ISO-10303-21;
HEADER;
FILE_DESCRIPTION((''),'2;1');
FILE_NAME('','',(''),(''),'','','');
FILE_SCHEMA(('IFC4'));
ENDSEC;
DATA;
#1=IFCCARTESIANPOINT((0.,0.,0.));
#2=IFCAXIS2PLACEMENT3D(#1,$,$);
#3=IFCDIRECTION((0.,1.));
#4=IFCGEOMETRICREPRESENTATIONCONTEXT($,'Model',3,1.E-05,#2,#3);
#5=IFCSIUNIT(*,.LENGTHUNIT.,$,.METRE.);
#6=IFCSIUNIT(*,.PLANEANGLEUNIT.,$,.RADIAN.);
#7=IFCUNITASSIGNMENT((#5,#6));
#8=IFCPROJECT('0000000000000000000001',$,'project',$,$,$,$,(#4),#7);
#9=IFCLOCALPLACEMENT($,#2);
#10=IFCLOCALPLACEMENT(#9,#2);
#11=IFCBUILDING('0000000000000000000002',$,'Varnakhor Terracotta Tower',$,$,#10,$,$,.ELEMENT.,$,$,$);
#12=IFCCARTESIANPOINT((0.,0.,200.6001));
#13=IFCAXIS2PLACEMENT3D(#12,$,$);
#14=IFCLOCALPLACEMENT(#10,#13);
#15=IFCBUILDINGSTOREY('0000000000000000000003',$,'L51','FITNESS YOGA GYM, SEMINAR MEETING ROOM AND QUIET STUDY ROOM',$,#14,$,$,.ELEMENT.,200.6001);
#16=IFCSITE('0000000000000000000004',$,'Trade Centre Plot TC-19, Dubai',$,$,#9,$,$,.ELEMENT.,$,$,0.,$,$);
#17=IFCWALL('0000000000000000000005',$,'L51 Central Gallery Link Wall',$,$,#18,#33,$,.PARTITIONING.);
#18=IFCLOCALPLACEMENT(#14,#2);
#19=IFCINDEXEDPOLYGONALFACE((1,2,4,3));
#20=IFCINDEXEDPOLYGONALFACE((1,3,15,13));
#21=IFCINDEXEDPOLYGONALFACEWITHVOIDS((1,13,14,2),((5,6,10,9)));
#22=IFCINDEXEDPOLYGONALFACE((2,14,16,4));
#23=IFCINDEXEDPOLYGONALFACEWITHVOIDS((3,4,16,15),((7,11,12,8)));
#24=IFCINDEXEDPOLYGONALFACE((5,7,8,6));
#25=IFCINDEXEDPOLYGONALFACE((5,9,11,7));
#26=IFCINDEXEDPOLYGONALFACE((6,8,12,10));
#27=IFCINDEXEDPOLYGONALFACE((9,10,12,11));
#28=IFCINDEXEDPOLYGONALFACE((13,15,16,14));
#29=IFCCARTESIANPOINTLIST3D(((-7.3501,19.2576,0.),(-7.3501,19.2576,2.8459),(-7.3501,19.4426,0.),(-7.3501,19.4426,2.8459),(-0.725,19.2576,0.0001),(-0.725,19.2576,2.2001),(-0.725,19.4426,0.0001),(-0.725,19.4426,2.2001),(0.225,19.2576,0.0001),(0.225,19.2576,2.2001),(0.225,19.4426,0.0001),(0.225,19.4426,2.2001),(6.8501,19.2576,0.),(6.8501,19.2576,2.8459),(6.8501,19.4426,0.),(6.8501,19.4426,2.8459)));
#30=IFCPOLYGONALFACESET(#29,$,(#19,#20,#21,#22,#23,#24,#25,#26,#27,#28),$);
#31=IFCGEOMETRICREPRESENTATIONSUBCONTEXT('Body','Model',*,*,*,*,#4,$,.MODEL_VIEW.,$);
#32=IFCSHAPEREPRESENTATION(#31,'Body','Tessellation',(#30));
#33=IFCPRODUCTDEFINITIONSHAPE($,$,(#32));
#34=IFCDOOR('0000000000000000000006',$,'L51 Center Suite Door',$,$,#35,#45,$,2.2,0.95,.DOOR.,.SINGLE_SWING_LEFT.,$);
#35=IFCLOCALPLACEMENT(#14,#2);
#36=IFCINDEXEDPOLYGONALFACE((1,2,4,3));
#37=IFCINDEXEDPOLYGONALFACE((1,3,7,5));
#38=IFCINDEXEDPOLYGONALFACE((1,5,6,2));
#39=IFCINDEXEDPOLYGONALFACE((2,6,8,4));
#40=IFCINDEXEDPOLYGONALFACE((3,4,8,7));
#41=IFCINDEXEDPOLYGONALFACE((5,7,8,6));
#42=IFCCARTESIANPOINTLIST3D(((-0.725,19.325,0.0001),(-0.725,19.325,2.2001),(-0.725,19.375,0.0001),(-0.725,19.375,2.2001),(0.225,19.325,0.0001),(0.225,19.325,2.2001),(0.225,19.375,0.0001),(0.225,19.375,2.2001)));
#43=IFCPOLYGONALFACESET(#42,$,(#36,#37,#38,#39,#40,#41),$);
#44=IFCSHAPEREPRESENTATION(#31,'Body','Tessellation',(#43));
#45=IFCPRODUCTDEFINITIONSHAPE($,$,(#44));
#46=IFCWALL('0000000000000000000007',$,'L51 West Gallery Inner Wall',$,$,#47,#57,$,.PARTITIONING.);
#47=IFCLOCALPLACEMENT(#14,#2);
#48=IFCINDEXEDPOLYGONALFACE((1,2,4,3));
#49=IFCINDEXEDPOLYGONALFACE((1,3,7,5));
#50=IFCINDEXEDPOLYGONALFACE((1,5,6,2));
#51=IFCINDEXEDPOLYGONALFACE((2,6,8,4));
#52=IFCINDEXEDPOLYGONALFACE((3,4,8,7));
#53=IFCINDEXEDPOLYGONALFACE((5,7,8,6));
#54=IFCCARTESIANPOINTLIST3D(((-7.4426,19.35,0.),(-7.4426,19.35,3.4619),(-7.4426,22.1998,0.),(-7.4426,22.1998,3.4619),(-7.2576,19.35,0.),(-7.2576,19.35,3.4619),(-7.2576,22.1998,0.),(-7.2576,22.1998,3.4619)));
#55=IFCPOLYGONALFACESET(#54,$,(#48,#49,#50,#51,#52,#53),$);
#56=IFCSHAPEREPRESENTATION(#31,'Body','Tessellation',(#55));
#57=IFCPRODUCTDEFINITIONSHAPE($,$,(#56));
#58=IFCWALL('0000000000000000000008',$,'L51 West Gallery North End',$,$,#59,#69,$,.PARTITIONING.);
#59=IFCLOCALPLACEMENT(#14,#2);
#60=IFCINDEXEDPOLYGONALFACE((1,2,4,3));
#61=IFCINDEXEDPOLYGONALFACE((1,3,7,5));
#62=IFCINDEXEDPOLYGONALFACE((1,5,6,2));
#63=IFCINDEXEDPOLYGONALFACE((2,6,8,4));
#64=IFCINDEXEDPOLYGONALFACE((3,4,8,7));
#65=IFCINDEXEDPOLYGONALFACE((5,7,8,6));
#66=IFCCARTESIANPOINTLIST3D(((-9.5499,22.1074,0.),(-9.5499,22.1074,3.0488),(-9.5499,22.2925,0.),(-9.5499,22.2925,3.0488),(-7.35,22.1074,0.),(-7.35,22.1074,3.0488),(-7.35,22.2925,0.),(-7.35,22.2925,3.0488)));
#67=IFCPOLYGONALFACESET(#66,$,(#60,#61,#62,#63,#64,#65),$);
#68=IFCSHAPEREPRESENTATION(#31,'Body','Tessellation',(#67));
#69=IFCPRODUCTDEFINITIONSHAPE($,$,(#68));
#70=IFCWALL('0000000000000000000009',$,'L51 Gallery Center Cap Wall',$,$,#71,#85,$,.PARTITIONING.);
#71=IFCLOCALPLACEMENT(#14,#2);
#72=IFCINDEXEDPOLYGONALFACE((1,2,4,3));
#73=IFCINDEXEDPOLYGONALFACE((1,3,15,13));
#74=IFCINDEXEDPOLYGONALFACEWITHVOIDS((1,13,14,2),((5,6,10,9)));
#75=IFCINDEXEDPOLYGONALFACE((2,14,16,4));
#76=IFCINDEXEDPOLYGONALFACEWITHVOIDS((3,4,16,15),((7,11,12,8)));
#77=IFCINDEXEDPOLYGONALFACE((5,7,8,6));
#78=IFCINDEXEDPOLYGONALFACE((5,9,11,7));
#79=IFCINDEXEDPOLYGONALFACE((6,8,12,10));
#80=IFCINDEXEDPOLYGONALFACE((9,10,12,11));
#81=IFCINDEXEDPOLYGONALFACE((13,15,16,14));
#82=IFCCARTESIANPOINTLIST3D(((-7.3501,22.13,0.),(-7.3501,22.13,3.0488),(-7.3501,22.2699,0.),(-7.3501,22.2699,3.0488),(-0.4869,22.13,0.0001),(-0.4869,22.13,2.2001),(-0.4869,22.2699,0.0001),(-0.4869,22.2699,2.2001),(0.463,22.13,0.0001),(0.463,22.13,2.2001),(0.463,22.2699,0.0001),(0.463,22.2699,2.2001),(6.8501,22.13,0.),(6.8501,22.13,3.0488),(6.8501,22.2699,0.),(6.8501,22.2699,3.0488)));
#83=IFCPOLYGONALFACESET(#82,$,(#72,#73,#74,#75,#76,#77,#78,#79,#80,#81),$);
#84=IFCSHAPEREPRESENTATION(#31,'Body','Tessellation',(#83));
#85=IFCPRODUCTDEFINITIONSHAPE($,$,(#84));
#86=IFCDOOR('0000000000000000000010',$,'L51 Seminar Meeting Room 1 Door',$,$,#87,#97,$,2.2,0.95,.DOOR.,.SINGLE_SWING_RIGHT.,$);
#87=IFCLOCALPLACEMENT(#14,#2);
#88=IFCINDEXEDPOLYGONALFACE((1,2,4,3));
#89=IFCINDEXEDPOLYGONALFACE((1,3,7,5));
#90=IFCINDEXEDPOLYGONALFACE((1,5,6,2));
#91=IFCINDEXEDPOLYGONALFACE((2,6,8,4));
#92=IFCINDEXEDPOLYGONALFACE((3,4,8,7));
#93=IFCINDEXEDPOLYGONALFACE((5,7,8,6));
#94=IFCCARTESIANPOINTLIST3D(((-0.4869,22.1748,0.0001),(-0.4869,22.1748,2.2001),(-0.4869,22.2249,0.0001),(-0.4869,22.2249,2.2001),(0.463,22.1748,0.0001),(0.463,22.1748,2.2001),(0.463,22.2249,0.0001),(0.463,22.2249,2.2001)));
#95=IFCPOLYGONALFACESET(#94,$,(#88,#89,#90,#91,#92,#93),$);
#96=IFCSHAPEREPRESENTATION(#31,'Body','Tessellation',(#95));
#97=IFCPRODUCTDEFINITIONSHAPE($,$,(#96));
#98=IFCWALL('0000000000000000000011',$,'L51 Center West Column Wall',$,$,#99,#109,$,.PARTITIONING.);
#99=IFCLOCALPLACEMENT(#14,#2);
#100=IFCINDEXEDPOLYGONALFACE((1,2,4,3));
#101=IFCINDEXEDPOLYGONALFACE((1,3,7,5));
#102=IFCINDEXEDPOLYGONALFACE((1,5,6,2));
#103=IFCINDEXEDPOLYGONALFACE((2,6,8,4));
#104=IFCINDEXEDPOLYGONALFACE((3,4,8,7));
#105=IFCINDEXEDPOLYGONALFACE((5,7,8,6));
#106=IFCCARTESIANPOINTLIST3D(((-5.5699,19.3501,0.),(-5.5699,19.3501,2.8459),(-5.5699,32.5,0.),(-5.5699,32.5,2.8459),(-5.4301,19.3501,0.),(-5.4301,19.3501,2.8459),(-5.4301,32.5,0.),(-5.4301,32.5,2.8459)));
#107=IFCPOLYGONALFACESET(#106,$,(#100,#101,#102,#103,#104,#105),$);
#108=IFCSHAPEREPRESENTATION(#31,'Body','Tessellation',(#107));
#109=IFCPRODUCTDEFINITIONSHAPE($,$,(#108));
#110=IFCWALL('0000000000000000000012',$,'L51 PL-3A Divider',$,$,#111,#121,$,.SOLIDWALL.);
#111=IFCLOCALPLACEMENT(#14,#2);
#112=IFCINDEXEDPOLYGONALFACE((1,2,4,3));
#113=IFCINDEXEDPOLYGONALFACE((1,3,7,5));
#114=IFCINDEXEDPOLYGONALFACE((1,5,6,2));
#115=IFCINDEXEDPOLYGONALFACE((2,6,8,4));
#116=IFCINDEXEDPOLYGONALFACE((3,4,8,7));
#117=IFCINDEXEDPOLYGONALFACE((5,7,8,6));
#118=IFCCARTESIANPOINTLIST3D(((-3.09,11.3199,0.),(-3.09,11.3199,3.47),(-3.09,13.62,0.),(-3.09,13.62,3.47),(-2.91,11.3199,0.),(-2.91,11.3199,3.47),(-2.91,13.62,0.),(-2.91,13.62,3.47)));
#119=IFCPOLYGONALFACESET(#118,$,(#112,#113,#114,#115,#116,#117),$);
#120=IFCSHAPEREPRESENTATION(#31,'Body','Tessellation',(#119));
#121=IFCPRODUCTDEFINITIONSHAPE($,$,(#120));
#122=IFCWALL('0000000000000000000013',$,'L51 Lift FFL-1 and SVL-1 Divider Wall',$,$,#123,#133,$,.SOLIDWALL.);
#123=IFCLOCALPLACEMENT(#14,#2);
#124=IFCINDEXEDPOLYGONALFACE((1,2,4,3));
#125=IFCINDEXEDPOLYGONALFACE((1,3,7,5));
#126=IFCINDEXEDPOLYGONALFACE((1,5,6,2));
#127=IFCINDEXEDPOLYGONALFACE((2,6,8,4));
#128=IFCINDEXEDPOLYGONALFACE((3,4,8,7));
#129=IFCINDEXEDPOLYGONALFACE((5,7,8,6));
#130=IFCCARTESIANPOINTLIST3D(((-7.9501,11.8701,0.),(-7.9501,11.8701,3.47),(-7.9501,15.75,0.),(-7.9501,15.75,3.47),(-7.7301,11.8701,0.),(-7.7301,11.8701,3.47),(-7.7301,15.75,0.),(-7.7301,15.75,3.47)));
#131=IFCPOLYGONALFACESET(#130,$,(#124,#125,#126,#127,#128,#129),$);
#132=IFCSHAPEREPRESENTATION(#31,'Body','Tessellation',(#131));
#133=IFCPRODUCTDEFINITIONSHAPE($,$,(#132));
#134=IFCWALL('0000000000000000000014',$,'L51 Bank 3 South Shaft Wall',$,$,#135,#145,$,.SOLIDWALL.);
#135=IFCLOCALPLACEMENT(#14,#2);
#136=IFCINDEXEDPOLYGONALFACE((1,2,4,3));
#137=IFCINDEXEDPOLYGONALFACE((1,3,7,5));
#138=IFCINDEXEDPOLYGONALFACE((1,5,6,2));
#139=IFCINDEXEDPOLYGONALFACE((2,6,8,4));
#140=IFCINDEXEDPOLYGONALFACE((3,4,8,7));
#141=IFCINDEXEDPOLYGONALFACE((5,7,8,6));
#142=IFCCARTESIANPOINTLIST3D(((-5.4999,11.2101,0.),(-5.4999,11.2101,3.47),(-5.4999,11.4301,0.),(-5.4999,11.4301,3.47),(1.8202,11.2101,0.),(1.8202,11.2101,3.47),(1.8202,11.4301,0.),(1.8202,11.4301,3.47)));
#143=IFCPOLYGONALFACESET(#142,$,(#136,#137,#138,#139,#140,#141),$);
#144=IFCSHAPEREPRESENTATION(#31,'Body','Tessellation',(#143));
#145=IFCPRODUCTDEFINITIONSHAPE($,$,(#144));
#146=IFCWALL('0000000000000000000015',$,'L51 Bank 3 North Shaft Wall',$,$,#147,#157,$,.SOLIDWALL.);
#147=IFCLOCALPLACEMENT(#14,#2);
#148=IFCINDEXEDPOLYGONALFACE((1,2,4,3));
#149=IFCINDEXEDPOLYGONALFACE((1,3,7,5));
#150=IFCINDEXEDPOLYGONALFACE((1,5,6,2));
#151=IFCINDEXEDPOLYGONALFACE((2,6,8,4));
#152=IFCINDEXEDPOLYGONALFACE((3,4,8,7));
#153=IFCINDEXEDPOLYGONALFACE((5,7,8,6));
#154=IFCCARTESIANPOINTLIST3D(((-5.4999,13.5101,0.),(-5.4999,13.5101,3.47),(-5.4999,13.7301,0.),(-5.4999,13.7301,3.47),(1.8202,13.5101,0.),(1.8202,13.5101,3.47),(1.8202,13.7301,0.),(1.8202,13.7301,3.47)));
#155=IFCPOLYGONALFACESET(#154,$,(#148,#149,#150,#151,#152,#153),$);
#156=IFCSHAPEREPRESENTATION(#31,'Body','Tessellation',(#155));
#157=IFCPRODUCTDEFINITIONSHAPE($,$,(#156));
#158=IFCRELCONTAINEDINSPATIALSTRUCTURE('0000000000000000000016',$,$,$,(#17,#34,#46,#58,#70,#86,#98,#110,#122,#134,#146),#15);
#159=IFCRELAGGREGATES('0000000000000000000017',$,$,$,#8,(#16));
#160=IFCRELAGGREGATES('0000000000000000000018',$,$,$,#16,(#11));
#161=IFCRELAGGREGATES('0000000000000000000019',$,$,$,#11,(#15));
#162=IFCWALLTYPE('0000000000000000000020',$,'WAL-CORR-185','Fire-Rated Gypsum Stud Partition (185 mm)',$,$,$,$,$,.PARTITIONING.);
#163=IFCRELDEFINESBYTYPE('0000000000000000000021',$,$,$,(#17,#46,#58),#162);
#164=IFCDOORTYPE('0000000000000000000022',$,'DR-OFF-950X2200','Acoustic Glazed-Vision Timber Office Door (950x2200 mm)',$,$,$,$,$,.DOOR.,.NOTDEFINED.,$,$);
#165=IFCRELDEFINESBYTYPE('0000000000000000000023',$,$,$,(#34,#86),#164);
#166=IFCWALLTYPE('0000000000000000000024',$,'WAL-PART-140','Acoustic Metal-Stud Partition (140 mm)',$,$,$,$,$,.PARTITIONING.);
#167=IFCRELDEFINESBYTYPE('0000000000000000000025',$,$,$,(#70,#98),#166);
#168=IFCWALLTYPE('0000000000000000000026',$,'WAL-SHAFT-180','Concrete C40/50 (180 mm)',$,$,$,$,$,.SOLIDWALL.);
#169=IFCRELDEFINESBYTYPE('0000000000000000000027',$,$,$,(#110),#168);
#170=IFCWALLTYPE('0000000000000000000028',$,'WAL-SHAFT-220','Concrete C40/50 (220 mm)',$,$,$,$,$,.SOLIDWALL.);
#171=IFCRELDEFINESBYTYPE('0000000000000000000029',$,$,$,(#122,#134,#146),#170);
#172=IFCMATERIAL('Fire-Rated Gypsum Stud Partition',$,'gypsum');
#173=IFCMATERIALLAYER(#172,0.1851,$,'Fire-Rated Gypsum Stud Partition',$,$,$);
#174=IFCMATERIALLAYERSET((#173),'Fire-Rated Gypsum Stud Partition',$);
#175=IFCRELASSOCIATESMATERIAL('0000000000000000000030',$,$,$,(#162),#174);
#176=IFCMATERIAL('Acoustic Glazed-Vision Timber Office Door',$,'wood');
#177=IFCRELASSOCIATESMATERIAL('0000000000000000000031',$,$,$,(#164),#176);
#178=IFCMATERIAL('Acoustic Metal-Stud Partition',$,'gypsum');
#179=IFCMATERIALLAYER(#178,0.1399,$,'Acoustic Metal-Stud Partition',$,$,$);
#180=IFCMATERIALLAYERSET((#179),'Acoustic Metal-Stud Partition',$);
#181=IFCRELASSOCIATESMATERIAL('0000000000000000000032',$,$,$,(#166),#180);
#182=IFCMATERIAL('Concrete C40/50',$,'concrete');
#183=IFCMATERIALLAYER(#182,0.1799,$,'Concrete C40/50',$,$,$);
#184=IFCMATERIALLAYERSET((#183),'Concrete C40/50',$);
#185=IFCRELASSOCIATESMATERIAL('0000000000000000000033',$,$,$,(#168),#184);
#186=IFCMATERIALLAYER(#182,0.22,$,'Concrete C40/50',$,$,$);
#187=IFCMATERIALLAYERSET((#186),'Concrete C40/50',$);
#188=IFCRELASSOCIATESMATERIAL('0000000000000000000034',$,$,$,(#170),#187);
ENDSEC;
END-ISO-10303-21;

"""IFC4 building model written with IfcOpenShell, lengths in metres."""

from ifc_helpers import new_model, si_unit, direction, frame, frame_2d, origin, place, context, subcontext, project, spatial, rectangle, extrude, source, transform, mapped, material, layer, layer_set, type_object, type_shapes, element, fill, save


model = new_model("IFC4")

# Units and contexts
model_context = context("Model", 3, precision=1e-05, world=origin(), true_north=direction((0.0, 1.0)))
body_context = subcontext(model_context, "Body", "Model", "MODEL_VIEW")
ifc_project = project(units=[si_unit("LENGTHUNIT", "METRE"), si_unit("PLANEANGLEUNIT", "RADIAN")], contexts=[model_context])

# Site, building, storey
site_placement = place(None, origin())
site = spatial("IfcSite", under=ifc_project, at=site_placement, Name="Trade Centre Plot TC-19, Dubai", CompositionType="ELEMENT", RefElevation=0.0)
building_placement = place(site_placement, origin())
building = spatial("IfcBuilding", under=site, at=building_placement, Name="Varnakhor Terracotta Tower", CompositionType="ELEMENT")
storey_placement = place(building_placement, frame((0.0, 0.0, 200.6001)))
storey = spatial("IfcBuildingStorey", under=building, at=storey_placement, Name="L51", Description="FITNESS YOGA GYM, SEMINAR MEETING ROOM AND QUIET STUDY ROOM", CompositionType="ELEMENT", Elevation=200.6001)

# Wall, opening, door
ifc_material_1 = material(Name="Fire-Rated Gypsum Stud Partition", Category="gypsum")
ifc_layer_1 = layer(ifc_material_1, 0.1851, Name="Fire-Rated Gypsum Stud Partition")
ifc_layer_set_1 = layer_set([ifc_layer_1], Name="Fire-Rated Gypsum Stud Partition")
wall_type_1 = type_object("IfcWallType", Name="WAL-CORR-185", Description="Fire-Rated Gypsum Stud Partition (185 mm)", PredefinedType="PARTITIONING", material=ifc_layer_set_1)
wall_1_placement = place(storey_placement, frame((-7.3501, 19.3501, 0.0), z_axis=(0.0, 0.0, 1.0), x_axis=(1.0, 0.0, 0.0)))
wall_1 = element("IfcWall", 1, at=wall_1_placement, inside=storey, type_object=wall_type_1, Name="L51 Central Gallery Link Wall", PredefinedType="PARTITIONING", context=body_context, shape_type="SweptSolid", body=[
    extrude(rectangle(XDim=14.2002, YDim=0.1851, at=frame_2d((7.1001, 0.0))), origin(), (0.0, 0.0, 1.0), 2.8459),
])
opening_1_placement = place(wall_1_placement, frame((6.625, 0.0, 0.0)))
opening_1 = element("IfcOpeningElement", 2, at=opening_1_placement, cuts=wall_1, PredefinedType="OPENING", context=body_context, shape_type="SweptSolid", body=[
    extrude(rectangle(XDim=0.95, YDim=2.2, at=frame_2d((0.4751, 1.1001))), frame((0.0, 0.1025, 0.0), z_axis=(0.0, -1.0, 0.0), x_axis=(1.0, 0.0, 0.0)), (0.0, 0.0, 1.0), 0.2051),
])
ifc_material_2 = material(Name="Acoustic Glazed-Vision Timber Office Door", Category="wood")
door_type_1 = type_object("IfcDoorType", Name="DR-OFF-950X2200", Description="Acoustic Glazed-Vision Timber Office Door (950x2200 mm)", OperationType="NOTDEFINED", PredefinedType="DOOR", material=ifc_material_2)
shared_shape_1 = source(origin(), body_context, "Body", "SweptSolid", [
    extrude(rectangle(XDim=0.95, YDim=2.2, at=frame_2d((0.4751, 1.1001))), frame((0.0, 0.0249, 0.0), z_axis=(0.0, -1.0, 0.0), x_axis=(1.0, 0.0, 0.0)), (0.0, 0.0, 1.0), 0.05),
])
type_shapes(door_type_1, [shared_shape_1])
door_1_placement = place(opening_1_placement, origin())
door_1 = element("IfcDoor", 3, at=door_1_placement, inside=storey, type_object=door_type_1, Name="L51 Center Suite Door", OperationType="SINGLE_SWING_LEFT", OverallHeight=2.2, OverallWidth=0.95, PredefinedType="DOOR", context=body_context, shape_type="MappedRepresentation", body=[
    mapped(shared_shape_1, transform((0.0, 0.0, 0.0), scale=1.0)),
])
fill(opening_1, door_1)

# Walls
wall_2_placement = place(storey_placement, frame((-7.3501, 19.3501, 0.0), z_axis=(0.0, 0.0, 1.0), x_axis=(0.0, 1.0, 0.0)))
element("IfcWall", 4, at=wall_2_placement, inside=storey, type_object=wall_type_1, Name="L51 West Gallery Inner Wall", PredefinedType="PARTITIONING", context=body_context, shape_type="SweptSolid", body=[
    extrude(rectangle(XDim=2.8499, YDim=0.1851, at=frame_2d((1.4248, 0.0))), origin(), (0.0, 0.0, 1.0), 3.4619),
])
wall_3_placement = place(storey_placement, frame((-9.55, 22.2, 0.0), z_axis=(0.0, 0.0, 1.0), x_axis=(1.0, 0.0, 0.0)))
element("IfcWall", 5, at=wall_3_placement, inside=storey, type_object=wall_type_1, Name="L51 West Gallery North End", PredefinedType="PARTITIONING", context=body_context, shape_type="SweptSolid", body=[
    extrude(rectangle(XDim=2.2, YDim=0.1851, at=frame_2d((1.1001, 0.0))), origin(), (0.0, 0.0, 1.0), 3.0488),
])

# Wall, opening, door
ifc_material_3 = material(Name="Acoustic Metal-Stud Partition", Category="gypsum")
ifc_layer_2 = layer(ifc_material_3, 0.1399, Name="Acoustic Metal-Stud Partition")
ifc_layer_set_2 = layer_set([ifc_layer_2], Name="Acoustic Metal-Stud Partition")
wall_type_2 = type_object("IfcWallType", Name="WAL-PART-140", Description="Acoustic Metal-Stud Partition (140 mm)", PredefinedType="PARTITIONING", material=ifc_layer_set_2)
wall_4_placement = place(storey_placement, frame((-7.3501, 22.2, 0.0), z_axis=(0.0, 0.0, 1.0), x_axis=(1.0, 0.0, 0.0)))
wall_4 = element("IfcWall", 6, at=wall_4_placement, inside=storey, type_object=wall_type_2, Name="L51 Gallery Center Cap Wall", PredefinedType="PARTITIONING", context=body_context, shape_type="SweptSolid", body=[
    extrude(rectangle(XDim=14.2002, YDim=0.1399, at=frame_2d((7.1001, 0.0))), origin(), (0.0, 0.0, 1.0), 3.0488),
])
opening_2_placement = place(wall_4_placement, frame((6.863, 0.0, 0.0)))
opening_2 = element("IfcOpeningElement", 7, at=opening_2_placement, cuts=wall_4, PredefinedType="OPENING", context=body_context, shape_type="SweptSolid", body=[
    extrude(rectangle(XDim=0.95, YDim=2.2, at=frame_2d((0.4751, 1.1001))), frame((0.0, 0.0801, 0.0), z_axis=(0.0, -1.0, 0.0), x_axis=(1.0, 0.0, 0.0)), (0.0, 0.0, 1.0), 0.1599),
])
door_2_placement = place(opening_2_placement, origin())
door_2 = element("IfcDoor", 8, at=door_2_placement, inside=storey, type_object=door_type_1, Name="L51 Seminar Meeting Room 1 Door", OperationType="SINGLE_SWING_RIGHT", OverallHeight=2.2, OverallWidth=0.95, PredefinedType="DOOR", context=body_context, shape_type="MappedRepresentation", body=[
    mapped(shared_shape_1, transform((0.0, 0.0, 0.0), scale=1.0)),
])
fill(opening_2, door_2)

# Walls
wall_5_placement = place(storey_placement, frame((-5.5, 19.3501, 0.0), z_axis=(0.0, 0.0, 1.0), x_axis=(0.0, 1.0, 0.0)))
element("IfcWall", 9, at=wall_5_placement, inside=storey, type_object=wall_type_2, Name="L51 Center West Column Wall", PredefinedType="PARTITIONING", context=body_context, shape_type="SweptSolid", body=[
    extrude(rectangle(XDim=13.1499, YDim=0.1399, at=frame_2d((6.575, 0.0))), origin(), (0.0, 0.0, 1.0), 2.8459),
])
ifc_material_4 = material(Name="Concrete C40/50", Category="concrete")
ifc_layer_3 = layer(ifc_material_4, 0.1799, Name="Concrete C40/50")
ifc_layer_set_3 = layer_set([ifc_layer_3], Name="Concrete C40/50")
wall_type_3 = type_object("IfcWallType", Name="WAL-SHAFT-180", Description="Concrete C40/50 (180 mm)", PredefinedType="SOLIDWALL", material=ifc_layer_set_3)
wall_6_placement = place(storey_placement, frame((-3.0, 11.3201, 0.0), z_axis=(0.0, 0.0, 1.0), x_axis=(0.0, 1.0, 0.0)))
element("IfcWall", 10, at=wall_6_placement, inside=storey, type_object=wall_type_3, Name="L51 PL-3A Divider", PredefinedType="SOLIDWALL", context=body_context, shape_type="SweptSolid", body=[
    extrude(rectangle(XDim=2.3, YDim=0.1799, at=frame_2d((1.1499, 0.0))), origin(), (0.0, 0.0, 1.0), 3.47),
])
ifc_layer_4 = layer(ifc_material_4, 0.22, Name="Concrete C40/50")
ifc_layer_set_4 = layer_set([ifc_layer_4], Name="Concrete C40/50")
wall_type_4 = type_object("IfcWallType", Name="WAL-SHAFT-220", Description="Concrete C40/50 (220 mm)", PredefinedType="SOLIDWALL", material=ifc_layer_set_4)
wall_7_placement = place(storey_placement, frame((-7.8401, 11.8701, 0.0), z_axis=(0.0, 0.0, 1.0), x_axis=(0.0, 1.0, 0.0)))
element("IfcWall", 11, at=wall_7_placement, inside=storey, type_object=wall_type_4, Name="L51 Lift FFL-1 and SVL-1 Divider Wall", PredefinedType="SOLIDWALL", context=body_context, shape_type="SweptSolid", body=[
    extrude(rectangle(XDim=3.8799, YDim=0.22, at=frame_2d((1.9399, 0.0))), origin(), (0.0, 0.0, 1.0), 3.47),
])
for number, where, z_axis, x_axis, name in (
    (12, (-5.5, 11.3201, 0.0), (0.0, 0.0, 1.0), (1.0, 0.0, 0.0), "L51 Bank 3 South Shaft Wall"),
    (13, (-5.5, 13.6201, 0.0), (0.0, 0.0, 1.0), (1.0, 0.0, 0.0), "L51 Bank 3 North Shaft Wall"),
):
    element("IfcWall", number, at=place(storey_placement, frame(where, z_axis=z_axis, x_axis=x_axis)), inside=storey, type_object=wall_type_4, Name=name, PredefinedType="SOLIDWALL", context=body_context, shape_type="SweptSolid", body=[
        extrude(rectangle(XDim=7.3201, YDim=0.22, at=frame_2d((3.6602, 0.0))), origin(), (0.0, 0.0, 1.0), 3.47),
    ])

save(model, "model.ifc")
